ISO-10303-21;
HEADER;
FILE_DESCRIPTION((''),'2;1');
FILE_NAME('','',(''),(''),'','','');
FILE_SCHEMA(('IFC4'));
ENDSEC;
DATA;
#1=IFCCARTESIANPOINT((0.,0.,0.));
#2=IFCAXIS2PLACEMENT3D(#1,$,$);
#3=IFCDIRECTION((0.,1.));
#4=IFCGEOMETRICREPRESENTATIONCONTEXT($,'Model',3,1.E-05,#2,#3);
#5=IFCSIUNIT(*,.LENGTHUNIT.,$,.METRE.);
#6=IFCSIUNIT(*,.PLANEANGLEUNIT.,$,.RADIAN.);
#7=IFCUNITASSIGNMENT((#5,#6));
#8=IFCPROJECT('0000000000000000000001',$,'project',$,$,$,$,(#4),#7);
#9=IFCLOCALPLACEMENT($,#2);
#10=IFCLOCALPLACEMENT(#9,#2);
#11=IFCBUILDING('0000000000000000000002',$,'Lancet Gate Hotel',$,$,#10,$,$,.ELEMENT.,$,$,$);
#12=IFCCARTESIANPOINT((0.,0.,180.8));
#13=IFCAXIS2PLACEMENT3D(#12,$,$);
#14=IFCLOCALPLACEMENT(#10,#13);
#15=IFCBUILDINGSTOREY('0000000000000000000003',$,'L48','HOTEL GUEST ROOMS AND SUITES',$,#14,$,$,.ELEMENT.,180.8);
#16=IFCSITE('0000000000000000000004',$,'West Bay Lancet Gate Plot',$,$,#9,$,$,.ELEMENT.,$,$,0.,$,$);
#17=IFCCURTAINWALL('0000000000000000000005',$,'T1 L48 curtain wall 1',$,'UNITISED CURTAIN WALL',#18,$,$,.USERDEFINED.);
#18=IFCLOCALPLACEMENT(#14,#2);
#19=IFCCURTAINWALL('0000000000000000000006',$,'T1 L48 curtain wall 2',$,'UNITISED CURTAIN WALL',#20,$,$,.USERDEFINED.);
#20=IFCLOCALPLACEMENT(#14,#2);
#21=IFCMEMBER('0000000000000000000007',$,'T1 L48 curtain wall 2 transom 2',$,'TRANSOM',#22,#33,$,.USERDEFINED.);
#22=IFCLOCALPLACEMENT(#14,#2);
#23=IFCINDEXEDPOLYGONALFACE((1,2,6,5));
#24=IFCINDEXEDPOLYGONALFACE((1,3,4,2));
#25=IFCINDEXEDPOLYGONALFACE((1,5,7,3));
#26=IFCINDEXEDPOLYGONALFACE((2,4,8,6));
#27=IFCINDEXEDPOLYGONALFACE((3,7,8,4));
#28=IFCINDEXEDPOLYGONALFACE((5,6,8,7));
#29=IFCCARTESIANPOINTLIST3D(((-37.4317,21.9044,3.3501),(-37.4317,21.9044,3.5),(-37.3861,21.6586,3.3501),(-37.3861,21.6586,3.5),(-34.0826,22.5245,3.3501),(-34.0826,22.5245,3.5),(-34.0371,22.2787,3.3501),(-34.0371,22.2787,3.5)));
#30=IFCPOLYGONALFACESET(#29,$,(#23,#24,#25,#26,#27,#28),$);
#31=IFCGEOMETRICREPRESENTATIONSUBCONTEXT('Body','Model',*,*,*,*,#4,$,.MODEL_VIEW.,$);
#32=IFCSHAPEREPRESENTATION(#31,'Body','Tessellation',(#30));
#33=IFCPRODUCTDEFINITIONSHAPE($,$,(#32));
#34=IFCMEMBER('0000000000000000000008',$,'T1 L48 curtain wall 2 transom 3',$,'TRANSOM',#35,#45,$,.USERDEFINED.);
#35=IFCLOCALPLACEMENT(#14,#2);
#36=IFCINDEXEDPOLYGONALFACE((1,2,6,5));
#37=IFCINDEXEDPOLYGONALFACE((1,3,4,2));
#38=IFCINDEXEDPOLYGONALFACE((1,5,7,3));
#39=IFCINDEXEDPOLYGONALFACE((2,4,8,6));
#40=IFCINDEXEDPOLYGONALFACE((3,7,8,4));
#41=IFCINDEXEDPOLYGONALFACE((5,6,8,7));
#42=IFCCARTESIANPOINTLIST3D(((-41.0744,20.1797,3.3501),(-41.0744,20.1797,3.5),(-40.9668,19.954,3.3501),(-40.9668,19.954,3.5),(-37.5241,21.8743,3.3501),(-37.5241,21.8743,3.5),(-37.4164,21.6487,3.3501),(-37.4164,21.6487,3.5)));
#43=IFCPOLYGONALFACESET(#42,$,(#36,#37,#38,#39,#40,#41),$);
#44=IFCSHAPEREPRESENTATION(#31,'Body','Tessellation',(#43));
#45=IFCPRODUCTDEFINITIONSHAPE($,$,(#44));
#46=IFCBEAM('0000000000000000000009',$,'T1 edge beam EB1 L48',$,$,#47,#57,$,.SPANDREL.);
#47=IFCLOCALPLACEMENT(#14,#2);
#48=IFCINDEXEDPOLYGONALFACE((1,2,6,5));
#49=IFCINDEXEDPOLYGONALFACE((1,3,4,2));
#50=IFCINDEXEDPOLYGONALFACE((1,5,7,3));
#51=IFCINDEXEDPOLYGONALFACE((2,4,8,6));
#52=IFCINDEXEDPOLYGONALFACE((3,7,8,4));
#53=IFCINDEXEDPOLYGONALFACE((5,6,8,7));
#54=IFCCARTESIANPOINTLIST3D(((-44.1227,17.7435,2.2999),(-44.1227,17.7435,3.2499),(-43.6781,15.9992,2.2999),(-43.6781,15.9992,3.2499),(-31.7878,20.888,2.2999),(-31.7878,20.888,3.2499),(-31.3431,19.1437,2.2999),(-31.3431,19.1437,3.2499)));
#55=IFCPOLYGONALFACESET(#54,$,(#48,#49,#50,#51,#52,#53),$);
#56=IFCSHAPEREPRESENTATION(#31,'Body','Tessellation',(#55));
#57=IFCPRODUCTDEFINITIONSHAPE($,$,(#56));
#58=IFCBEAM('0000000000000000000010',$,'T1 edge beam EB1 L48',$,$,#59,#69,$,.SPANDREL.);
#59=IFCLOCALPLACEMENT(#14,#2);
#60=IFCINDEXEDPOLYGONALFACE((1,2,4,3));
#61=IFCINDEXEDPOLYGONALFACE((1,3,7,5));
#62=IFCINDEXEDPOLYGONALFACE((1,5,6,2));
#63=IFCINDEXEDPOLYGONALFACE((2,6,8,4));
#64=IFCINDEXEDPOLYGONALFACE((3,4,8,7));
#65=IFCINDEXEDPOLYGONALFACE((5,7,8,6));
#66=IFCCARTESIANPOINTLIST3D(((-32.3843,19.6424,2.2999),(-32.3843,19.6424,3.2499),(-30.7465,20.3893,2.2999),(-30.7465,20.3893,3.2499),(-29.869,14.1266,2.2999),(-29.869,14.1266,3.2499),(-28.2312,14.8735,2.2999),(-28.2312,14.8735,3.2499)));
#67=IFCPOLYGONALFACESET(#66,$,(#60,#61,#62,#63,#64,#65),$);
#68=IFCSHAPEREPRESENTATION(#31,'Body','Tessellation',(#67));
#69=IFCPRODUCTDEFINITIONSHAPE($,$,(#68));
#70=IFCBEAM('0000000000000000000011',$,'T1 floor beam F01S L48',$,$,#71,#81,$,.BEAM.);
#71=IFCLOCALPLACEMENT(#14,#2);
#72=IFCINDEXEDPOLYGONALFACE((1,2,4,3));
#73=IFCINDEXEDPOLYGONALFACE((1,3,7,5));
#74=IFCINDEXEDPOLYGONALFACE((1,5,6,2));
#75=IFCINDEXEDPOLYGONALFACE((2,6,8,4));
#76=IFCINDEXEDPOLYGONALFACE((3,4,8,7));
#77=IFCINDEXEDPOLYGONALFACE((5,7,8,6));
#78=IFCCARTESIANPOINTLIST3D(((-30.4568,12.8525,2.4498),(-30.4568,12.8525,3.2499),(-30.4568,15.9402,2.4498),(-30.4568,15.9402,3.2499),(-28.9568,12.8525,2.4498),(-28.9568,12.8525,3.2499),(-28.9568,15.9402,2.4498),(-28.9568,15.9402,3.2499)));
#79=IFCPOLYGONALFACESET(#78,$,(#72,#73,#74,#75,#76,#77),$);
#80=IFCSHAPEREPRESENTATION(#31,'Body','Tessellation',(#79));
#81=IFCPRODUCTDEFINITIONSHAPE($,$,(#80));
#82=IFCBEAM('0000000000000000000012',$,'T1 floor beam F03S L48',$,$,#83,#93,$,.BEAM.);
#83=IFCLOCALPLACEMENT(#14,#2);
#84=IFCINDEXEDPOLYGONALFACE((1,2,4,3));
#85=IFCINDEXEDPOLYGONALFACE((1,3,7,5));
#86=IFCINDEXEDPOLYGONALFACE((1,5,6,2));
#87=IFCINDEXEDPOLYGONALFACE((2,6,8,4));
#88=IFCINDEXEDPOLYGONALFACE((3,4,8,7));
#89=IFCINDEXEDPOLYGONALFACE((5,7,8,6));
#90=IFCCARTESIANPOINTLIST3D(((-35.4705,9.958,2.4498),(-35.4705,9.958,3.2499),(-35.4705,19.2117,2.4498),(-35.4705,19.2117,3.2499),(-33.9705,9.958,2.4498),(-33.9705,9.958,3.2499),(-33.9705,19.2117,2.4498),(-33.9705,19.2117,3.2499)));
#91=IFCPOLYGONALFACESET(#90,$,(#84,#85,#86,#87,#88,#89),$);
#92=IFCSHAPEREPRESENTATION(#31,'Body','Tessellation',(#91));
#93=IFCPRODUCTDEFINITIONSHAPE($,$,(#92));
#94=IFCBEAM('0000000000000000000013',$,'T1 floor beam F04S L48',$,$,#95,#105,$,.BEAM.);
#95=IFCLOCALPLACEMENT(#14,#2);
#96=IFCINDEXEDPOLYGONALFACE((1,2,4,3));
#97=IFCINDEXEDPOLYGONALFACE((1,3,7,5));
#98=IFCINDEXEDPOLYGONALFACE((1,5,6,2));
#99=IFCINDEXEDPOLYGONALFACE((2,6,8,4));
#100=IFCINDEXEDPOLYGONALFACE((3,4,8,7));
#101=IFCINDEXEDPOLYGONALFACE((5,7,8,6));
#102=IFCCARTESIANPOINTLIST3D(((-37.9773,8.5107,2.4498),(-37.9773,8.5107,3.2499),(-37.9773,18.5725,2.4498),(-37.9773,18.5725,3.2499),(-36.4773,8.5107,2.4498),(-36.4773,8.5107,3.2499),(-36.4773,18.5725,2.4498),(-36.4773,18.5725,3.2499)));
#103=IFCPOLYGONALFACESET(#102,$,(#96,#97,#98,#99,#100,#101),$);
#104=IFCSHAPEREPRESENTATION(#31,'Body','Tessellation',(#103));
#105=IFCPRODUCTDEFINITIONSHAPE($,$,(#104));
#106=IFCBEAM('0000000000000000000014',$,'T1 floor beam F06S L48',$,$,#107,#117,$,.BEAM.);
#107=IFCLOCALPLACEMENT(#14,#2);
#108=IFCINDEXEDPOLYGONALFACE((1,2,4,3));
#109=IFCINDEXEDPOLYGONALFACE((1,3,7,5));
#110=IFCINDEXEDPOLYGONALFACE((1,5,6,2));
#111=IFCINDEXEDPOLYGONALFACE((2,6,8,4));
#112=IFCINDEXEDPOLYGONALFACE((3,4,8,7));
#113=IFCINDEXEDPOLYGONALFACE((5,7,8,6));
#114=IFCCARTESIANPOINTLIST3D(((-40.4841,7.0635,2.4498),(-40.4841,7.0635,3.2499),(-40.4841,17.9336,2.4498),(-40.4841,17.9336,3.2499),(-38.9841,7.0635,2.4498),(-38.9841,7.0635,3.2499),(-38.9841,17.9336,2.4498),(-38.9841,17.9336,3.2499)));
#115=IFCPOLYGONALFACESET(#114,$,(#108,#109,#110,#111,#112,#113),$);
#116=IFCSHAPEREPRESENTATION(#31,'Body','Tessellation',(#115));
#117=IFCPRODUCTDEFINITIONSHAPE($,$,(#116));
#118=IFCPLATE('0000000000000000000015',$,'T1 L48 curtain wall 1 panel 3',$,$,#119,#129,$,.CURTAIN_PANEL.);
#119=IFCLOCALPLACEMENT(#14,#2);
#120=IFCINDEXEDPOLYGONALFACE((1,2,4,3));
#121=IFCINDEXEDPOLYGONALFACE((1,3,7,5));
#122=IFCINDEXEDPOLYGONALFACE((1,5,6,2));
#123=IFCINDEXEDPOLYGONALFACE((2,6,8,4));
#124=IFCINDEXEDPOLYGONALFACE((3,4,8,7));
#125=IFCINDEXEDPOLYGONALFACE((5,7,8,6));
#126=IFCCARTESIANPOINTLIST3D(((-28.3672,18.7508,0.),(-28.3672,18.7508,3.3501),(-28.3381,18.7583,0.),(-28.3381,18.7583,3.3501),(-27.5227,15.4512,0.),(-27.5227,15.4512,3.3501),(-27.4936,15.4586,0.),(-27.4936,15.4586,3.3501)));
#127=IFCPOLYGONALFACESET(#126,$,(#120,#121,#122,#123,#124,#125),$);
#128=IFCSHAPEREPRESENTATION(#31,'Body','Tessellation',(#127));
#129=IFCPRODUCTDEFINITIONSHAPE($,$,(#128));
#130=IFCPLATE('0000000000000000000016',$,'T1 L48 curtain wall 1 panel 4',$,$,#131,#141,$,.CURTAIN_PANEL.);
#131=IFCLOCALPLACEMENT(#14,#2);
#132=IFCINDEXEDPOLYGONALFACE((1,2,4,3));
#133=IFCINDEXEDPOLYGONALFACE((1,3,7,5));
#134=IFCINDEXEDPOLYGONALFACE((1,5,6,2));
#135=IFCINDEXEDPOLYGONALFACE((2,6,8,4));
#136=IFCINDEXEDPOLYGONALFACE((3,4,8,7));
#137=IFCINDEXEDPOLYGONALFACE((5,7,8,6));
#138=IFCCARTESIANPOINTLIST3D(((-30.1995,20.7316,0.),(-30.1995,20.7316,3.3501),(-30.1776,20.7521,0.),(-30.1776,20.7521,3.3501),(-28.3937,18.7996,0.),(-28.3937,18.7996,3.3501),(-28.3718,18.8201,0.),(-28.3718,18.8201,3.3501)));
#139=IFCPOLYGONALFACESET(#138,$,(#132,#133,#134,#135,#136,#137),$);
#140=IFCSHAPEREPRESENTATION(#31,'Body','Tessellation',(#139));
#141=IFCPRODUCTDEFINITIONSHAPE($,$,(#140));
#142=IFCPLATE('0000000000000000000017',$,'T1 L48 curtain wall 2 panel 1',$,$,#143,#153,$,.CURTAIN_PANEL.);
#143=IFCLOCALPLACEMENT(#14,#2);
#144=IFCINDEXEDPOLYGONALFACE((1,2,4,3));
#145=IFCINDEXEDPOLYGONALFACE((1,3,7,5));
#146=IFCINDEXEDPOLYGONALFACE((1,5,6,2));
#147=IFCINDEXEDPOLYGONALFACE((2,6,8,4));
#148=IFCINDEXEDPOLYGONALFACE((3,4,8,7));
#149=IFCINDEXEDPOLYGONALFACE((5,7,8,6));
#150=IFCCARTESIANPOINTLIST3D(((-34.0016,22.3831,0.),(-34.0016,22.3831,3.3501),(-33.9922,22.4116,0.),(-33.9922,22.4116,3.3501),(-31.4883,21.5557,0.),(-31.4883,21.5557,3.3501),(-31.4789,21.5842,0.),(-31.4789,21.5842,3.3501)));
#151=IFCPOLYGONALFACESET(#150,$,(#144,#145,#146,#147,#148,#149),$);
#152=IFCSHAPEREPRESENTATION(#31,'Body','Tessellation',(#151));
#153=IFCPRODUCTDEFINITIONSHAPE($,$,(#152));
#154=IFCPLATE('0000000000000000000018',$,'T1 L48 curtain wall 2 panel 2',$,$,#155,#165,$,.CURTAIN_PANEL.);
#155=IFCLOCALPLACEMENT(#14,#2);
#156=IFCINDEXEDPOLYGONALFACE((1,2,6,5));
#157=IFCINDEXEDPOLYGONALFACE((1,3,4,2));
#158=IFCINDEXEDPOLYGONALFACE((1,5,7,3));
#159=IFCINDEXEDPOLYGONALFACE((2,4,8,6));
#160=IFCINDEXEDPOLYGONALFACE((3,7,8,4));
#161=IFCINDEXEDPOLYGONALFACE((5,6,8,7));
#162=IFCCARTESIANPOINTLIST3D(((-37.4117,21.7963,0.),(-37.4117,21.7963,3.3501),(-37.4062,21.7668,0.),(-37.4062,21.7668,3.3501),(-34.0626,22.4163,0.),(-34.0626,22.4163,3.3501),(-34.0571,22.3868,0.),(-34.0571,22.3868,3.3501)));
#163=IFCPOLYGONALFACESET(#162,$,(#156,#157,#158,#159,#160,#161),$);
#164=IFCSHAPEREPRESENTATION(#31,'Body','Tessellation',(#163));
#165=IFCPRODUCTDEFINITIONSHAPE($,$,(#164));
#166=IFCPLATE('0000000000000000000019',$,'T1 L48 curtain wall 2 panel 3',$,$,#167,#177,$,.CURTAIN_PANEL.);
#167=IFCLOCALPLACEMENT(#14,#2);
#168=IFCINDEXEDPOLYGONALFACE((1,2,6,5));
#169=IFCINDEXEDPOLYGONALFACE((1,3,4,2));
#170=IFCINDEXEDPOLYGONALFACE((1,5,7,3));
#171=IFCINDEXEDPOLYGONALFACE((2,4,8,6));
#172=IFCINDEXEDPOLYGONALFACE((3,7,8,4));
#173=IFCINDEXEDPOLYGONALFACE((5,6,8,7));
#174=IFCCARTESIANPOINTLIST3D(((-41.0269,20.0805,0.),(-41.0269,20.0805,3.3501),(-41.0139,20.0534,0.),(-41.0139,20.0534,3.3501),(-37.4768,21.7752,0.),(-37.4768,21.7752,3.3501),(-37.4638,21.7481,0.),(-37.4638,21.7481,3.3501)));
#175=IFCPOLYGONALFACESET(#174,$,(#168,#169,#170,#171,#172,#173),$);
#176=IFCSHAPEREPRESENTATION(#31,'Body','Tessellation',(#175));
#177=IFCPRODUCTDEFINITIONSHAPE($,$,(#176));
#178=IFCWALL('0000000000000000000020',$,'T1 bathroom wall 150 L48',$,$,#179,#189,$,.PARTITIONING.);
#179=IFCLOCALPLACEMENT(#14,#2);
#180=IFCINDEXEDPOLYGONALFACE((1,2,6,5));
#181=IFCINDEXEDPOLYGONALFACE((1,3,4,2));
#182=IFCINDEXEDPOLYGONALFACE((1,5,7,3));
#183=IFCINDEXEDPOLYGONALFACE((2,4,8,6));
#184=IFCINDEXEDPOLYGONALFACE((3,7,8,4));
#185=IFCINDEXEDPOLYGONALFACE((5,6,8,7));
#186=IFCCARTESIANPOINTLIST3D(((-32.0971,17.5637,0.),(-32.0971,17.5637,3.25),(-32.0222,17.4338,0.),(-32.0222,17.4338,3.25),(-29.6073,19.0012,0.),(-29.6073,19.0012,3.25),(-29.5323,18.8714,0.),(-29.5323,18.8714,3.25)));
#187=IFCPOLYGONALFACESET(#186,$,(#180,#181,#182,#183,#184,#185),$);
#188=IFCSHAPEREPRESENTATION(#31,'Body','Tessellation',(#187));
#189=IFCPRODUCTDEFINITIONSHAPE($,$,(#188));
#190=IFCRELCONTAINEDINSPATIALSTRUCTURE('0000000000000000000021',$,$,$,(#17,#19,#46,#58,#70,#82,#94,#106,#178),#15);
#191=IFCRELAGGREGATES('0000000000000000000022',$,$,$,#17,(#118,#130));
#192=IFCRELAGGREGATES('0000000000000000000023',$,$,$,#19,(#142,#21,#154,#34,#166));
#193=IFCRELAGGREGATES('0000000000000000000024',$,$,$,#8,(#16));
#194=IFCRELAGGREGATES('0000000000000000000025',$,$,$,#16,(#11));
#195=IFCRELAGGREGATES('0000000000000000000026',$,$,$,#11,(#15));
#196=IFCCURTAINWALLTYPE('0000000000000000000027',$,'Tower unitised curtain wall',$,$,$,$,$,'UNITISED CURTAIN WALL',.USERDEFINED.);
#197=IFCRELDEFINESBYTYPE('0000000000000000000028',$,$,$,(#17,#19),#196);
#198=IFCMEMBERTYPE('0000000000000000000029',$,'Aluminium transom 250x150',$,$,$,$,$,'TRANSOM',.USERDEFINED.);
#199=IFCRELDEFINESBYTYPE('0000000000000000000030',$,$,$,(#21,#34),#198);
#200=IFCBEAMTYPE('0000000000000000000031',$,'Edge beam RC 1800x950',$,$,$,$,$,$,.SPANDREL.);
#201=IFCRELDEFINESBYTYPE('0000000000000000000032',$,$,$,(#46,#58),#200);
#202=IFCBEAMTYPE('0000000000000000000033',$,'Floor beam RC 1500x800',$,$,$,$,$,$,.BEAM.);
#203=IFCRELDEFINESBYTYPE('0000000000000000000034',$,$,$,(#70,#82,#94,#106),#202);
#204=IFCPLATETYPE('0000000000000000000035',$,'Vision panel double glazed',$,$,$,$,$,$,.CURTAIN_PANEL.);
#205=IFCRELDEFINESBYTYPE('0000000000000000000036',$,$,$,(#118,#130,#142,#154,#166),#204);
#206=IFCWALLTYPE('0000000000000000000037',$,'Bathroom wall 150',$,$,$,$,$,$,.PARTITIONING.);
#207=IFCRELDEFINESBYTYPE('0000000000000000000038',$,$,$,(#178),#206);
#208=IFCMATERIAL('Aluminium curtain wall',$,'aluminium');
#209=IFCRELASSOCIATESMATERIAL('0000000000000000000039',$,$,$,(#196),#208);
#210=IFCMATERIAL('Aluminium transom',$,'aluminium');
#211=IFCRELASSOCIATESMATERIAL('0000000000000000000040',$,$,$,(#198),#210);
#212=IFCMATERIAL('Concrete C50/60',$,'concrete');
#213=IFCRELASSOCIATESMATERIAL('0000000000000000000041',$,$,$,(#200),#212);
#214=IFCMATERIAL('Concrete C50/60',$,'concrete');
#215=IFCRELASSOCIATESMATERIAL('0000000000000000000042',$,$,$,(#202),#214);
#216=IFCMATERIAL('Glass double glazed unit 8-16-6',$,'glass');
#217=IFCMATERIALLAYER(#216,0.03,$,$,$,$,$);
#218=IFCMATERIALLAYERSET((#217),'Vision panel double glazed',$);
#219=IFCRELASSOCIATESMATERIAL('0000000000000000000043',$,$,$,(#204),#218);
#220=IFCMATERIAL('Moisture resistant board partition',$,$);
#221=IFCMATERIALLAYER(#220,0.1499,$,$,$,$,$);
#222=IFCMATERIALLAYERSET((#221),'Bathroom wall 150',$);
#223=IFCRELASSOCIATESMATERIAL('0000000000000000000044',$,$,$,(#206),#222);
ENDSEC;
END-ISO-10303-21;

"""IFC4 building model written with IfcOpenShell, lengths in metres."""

from ifc_helpers import new_model, si_unit, direction, frame, frame_2d, origin, origin_2d, place, context, subcontext, project, spatial, rectangle, extrude, material, layer, layer_set, material_profile, profile_set, type_object, element, aggregate, save


model = new_model("IFC4")

# Units and contexts
model_context = context("Model", 3, precision=1e-05, world=origin(), true_north=direction((0.0, 1.0)))
body_context = subcontext(model_context, "Body", "Model", "MODEL_VIEW")
ifc_project = project(units=[si_unit("LENGTHUNIT", "METRE"), si_unit("PLANEANGLEUNIT", "RADIAN")], contexts=[model_context])

# Site, building, storey
site_placement = place(None, origin())
site = spatial("IfcSite", under=ifc_project, at=site_placement, Name="West Bay Lancet Gate Plot", CompositionType="ELEMENT", RefElevation=0.0)
building_placement = place(site_placement, origin())
building = spatial("IfcBuilding", under=site, at=building_placement, Name="Lancet Gate Hotel", CompositionType="ELEMENT")
storey_placement = place(building_placement, frame((0.0, 0.0, 180.8)))
storey = spatial("IfcBuildingStorey", under=building, at=storey_placement, Name="L48", Description="HOTEL GUEST ROOMS AND SUITES", CompositionType="ELEMENT", Elevation=180.8)

# Curtain walls
ifc_material_1 = material(Name="Aluminium curtain wall", Category="aluminium")
curtain_wall_type = type_object("IfcCurtainWallType", Name="Tower unitised curtain wall", ElementType="UNITISED CURTAIN WALL", PredefinedType="USERDEFINED", material=ifc_material_1)
curtain_wall_1_placement = place(storey_placement, origin())
curtain_wall_1 = element("IfcCurtainWall", 1, at=curtain_wall_1_placement, inside=storey, type_object=curtain_wall_type, Name="T1 L48 curtain wall 1", ObjectType="UNITISED CURTAIN WALL", PredefinedType="USERDEFINED")
curtain_wall_2_placement = place(storey_placement, origin())
curtain_wall_2 = element("IfcCurtainWall", 2, at=curtain_wall_2_placement, inside=storey, type_object=curtain_wall_type, Name="T1 L48 curtain wall 2", ObjectType="UNITISED CURTAIN WALL", PredefinedType="USERDEFINED")

# Members
ifc_material_2 = material(Name="Aluminium transom", Category="aluminium")
ifc_material_profile_1 = material_profile(ifc_material_2, rectangle(XDim=0.25, YDim=0.1499, at=origin_2d()), Name="TRANSOM 250x150")
ifc_profile_set_1 = profile_set([ifc_material_profile_1], Name="Aluminium transom")
member_type_1 = type_object("IfcMemberType", Name="Aluminium transom 250x150", ElementType="TRANSOM", PredefinedType="USERDEFINED", material=ifc_profile_set_1)
member_1_placement = place(storey_placement, frame((-34.0598, 22.4016, 3.425), z_axis=(-0.983287, -0.182064, 0.0), x_axis=(0.182064, -0.983287, 0.0)))
member_1 = element("IfcMember", 3, at=member_1_placement, type_object=member_type_1, Name="T1 L48 curtain wall 2 transom 2", ObjectType="TRANSOM", PredefinedType="USERDEFINED", context=body_context, shape_type="SweptSolid", body=[
    extrude(rectangle(XDim=0.25, YDim=0.1499, at=origin_2d()), origin(), (0.0, 0.0, 1.0), 3.406),
])
member_2_placement = place(storey_placement, frame((-37.4702, 21.7615, 3.425), z_axis=(-0.902469, -0.430755, 0.0), x_axis=(0.430755, -0.902469, 0.0)))
member_2 = element("IfcMember", 4, at=member_2_placement, type_object=member_type_1, Name="T1 L48 curtain wall 2 transom 3", ObjectType="TRANSOM", PredefinedType="USERDEFINED", context=body_context, shape_type="SweptSolid", body=[
    extrude(rectangle(XDim=0.25, YDim=0.1499, at=origin_2d()), origin(), (0.0, 0.0, 1.0), 3.9341),
])

# Beams
ifc_material_3 = material(Name="Concrete C50/60", Category="concrete")
ifc_material_profile_2 = material_profile(ifc_material_3, rectangle(XDim=1.8, YDim=0.95, at=origin_2d()), Name="RC 1800x950")
ifc_profile_set_2 = profile_set([ifc_material_profile_2], Name="Concrete C50/60")
beam_type_1 = type_object("IfcBeamType", Name="Edge beam RC 1800x950", PredefinedType="SPANDREL", material=ifc_profile_set_2)
beam_1_placement = place(storey_placement, frame((-31.5654, 20.0159, 2.7749), z_axis=(-0.969008, -0.247028, 0.0), x_axis=(0.247028, -0.969008, 0.0)))
element("IfcBeam", 5, at=beam_1_placement, inside=storey, type_object=beam_type_1, Name="T1 edge beam EB1 L48", PredefinedType="SPANDREL", context=body_context, shape_type="SweptSolid", body=[
    extrude(rectangle(XDim=1.8, YDim=0.95, at=origin_2d()), origin(), (0.0, 0.0, 1.0), 12.7295),
])
beam_2_placement = place(storey_placement, frame((-31.5654, 20.0159, 2.7749), z_axis=(0.414919, -0.909858, 0.0), x_axis=(0.909858, 0.414919, 0.0)))
element("IfcBeam", 6, at=beam_2_placement, inside=storey, type_object=beam_type_1, Name="T1 edge beam EB1 L48", PredefinedType="SPANDREL", context=body_context, shape_type="SweptSolid", body=[
    extrude(rectangle(XDim=1.8, YDim=0.95, at=origin_2d()), origin(), (0.0, 0.0, 1.0), 6.0623),
])
ifc_material_4 = material(Name="Concrete C50/60", Category="concrete")
ifc_material_profile_3 = material_profile(ifc_material_4, rectangle(XDim=1.5, YDim=0.8, at=origin_2d()), Name="RC 1500x800")
ifc_profile_set_3 = profile_set([ifc_material_profile_3], Name="Concrete C50/60")
beam_type_2 = type_object("IfcBeamType", Name="Floor beam RC 1500x800", PredefinedType="BEAM", material=ifc_profile_set_3)
beam_3_placement = place(storey_placement, frame((-29.7068, 15.9402, 2.8499), z_axis=(0.0, -1.0, 0.0), x_axis=(1.0, 0.0, 0.0)))
element("IfcBeam", 7, at=beam_3_placement, inside=storey, type_object=beam_type_2, Name="T1 floor beam F01S L48", PredefinedType="BEAM", context=body_context, shape_type="SweptSolid", body=[
    extrude(rectangle(XDim=1.5, YDim=0.8, at=origin_2d()), origin(), (0.0, 0.0, 1.0), 3.0876),
])
beam_4_placement = place(storey_placement, frame((-34.7205, 19.2117, 2.8499), z_axis=(0.0, -1.0, 0.0), x_axis=(1.0, 0.0, 0.0)))
element("IfcBeam", 8, at=beam_4_placement, inside=storey, type_object=beam_type_2, Name="T1 floor beam F03S L48", PredefinedType="BEAM", context=body_context, shape_type="SweptSolid", body=[
    extrude(rectangle(XDim=1.5, YDim=0.8, at=origin_2d()), origin(), (0.0, 0.0, 1.0), 9.2537),
])
beam_5_placement = place(storey_placement, frame((-37.2273, 18.5725, 2.8499), z_axis=(0.0, -1.0, 0.0), x_axis=(1.0, 0.0, 0.0)))
element("IfcBeam", 9, at=beam_5_placement, inside=storey, type_object=beam_type_2, Name="T1 floor beam F04S L48", PredefinedType="BEAM", context=body_context, shape_type="SweptSolid", body=[
    extrude(rectangle(XDim=1.5, YDim=0.8, at=origin_2d()), origin(), (0.0, 0.0, 1.0), 10.0618),
])
beam_6_placement = place(storey_placement, frame((-39.7341, 17.9336, 2.8499), z_axis=(0.0, -1.0, 0.0), x_axis=(1.0, 0.0, 0.0)))
element("IfcBeam", 10, at=beam_6_placement, inside=storey, type_object=beam_type_2, Name="T1 floor beam F06S L48", PredefinedType="BEAM", context=body_context, shape_type="SweptSolid", body=[
    extrude(rectangle(XDim=1.5, YDim=0.8, at=origin_2d()), origin(), (0.0, 0.0, 1.0), 10.8701),
])

# Plates
ifc_material_5 = material(Name="Glass double glazed unit 8-16-6", Category="glass")
ifc_layer_1 = layer(ifc_material_5, 0.03)
ifc_layer_set_1 = layer_set([ifc_layer_1], Name="Vision panel double glazed")
plate_type = type_object("IfcPlateType", Name="Vision panel double glazed", PredefinedType="CURTAIN_PANEL", material=ifc_layer_set_1)
plate_1_placement = place(storey_placement, frame((-27.9304, 17.1047, 0.0), z_axis=(0.0, 0.0, 1.0), x_axis=(-0.247937, 0.968776, 0.0)))
plate_1 = element("IfcPlate", 11, at=plate_1_placement, type_object=plate_type, Name="T1 L48 curtain wall 1 panel 3", PredefinedType="CURTAIN_PANEL", context=body_context, shape_type="SweptSolid", body=[
    extrude(rectangle(XDim=3.406, YDim=0.03, at=origin_2d()), origin(), (0.0, 0.0, 1.0), 3.3501),
])
plate_2_placement = place(storey_placement, frame((-29.2856, 19.7759, 0.0), z_axis=(0.0, 0.0, 1.0), x_axis=(-0.682845, 0.730563, 0.0)))
plate_2 = element("IfcPlate", 12, at=plate_2_placement, type_object=plate_type, Name="T1 L48 curtain wall 1 panel 4", PredefinedType="CURTAIN_PANEL", context=body_context, shape_type="SweptSolid", body=[
    extrude(rectangle(XDim=2.6445, YDim=0.03, at=origin_2d()), origin(), (0.0, 0.0, 1.0), 3.3501),
])
aggregate(curtain_wall_1, [plate_1, plate_2])
plate_3_placement = place(storey_placement, frame((-32.7402, 21.9836, 0.0), z_axis=(0.0, 0.0, 1.0), x_axis=(-0.949848, 0.312712, 0.0)))
plate_3 = element("IfcPlate", 13, at=plate_3_placement, type_object=plate_type, Name="T1 L48 curtain wall 2 panel 1", PredefinedType="CURTAIN_PANEL", context=body_context, shape_type="SweptSolid", body=[
    extrude(rectangle(XDim=2.646, YDim=0.03, at=origin_2d()), origin(), (0.0, 0.0, 1.0), 3.3501),
])
plate_4_placement = place(storey_placement, frame((-35.7344, 22.0916, 0.0), z_axis=(0.0, 0.0, 1.0), x_axis=(-0.983292, -0.182033, 0.0)))
plate_4 = element("IfcPlate", 14, at=plate_4_placement, type_object=plate_type, Name="T1 L48 curtain wall 2 panel 2", PredefinedType="CURTAIN_PANEL", context=body_context, shape_type="SweptSolid", body=[
    extrude(rectangle(XDim=3.406, YDim=0.03, at=origin_2d()), origin(), (0.0, 0.0, 1.0), 3.3501),
])
plate_5_placement = place(storey_placement, frame((-39.2454, 20.9143, 0.0), z_axis=(0.0, 0.0, 1.0), x_axis=(-0.902454, -0.430787, 0.0)))
plate_5 = element("IfcPlate", 15, at=plate_5_placement, type_object=plate_type, Name="T1 L48 curtain wall 2 panel 3", PredefinedType="CURTAIN_PANEL", context=body_context, shape_type="SweptSolid", body=[
    extrude(rectangle(XDim=3.9338, YDim=0.03, at=origin_2d()), origin(), (0.0, 0.0, 1.0), 3.3501),
])
aggregate(curtain_wall_2, [plate_3, member_1, plate_4, member_2, plate_5])

# Wall
ifc_material_6 = material(Name="Moisture resistant board partition")
ifc_layer_2 = layer(ifc_material_6, 0.1499)
ifc_layer_set_2 = layer_set([ifc_layer_2], Name="Bathroom wall 150")
wall_type_1 = type_object("IfcWallType", Name="Bathroom wall 150", PredefinedType="PARTITIONING", material=ifc_layer_set_2)
wall_1_placement = place(storey_placement, frame((-29.5698, 18.9363, 0.0), z_axis=(0.0, 0.0, 1.0), x_axis=(-0.866019, -0.500012, 0.0)))
element("IfcWall", 16, at=wall_1_placement, inside=storey, type_object=wall_type_1, Name="T1 bathroom wall 150 L48", PredefinedType="PARTITIONING", context=body_context, shape_type="SweptSolid", body=[
    extrude(rectangle(XDim=2.875, YDim=0.1499, at=frame_2d((1.4375, 0.0))), origin(), (0.0, 0.0, 1.0), 3.25),
])

save(model, "model.ifc")
